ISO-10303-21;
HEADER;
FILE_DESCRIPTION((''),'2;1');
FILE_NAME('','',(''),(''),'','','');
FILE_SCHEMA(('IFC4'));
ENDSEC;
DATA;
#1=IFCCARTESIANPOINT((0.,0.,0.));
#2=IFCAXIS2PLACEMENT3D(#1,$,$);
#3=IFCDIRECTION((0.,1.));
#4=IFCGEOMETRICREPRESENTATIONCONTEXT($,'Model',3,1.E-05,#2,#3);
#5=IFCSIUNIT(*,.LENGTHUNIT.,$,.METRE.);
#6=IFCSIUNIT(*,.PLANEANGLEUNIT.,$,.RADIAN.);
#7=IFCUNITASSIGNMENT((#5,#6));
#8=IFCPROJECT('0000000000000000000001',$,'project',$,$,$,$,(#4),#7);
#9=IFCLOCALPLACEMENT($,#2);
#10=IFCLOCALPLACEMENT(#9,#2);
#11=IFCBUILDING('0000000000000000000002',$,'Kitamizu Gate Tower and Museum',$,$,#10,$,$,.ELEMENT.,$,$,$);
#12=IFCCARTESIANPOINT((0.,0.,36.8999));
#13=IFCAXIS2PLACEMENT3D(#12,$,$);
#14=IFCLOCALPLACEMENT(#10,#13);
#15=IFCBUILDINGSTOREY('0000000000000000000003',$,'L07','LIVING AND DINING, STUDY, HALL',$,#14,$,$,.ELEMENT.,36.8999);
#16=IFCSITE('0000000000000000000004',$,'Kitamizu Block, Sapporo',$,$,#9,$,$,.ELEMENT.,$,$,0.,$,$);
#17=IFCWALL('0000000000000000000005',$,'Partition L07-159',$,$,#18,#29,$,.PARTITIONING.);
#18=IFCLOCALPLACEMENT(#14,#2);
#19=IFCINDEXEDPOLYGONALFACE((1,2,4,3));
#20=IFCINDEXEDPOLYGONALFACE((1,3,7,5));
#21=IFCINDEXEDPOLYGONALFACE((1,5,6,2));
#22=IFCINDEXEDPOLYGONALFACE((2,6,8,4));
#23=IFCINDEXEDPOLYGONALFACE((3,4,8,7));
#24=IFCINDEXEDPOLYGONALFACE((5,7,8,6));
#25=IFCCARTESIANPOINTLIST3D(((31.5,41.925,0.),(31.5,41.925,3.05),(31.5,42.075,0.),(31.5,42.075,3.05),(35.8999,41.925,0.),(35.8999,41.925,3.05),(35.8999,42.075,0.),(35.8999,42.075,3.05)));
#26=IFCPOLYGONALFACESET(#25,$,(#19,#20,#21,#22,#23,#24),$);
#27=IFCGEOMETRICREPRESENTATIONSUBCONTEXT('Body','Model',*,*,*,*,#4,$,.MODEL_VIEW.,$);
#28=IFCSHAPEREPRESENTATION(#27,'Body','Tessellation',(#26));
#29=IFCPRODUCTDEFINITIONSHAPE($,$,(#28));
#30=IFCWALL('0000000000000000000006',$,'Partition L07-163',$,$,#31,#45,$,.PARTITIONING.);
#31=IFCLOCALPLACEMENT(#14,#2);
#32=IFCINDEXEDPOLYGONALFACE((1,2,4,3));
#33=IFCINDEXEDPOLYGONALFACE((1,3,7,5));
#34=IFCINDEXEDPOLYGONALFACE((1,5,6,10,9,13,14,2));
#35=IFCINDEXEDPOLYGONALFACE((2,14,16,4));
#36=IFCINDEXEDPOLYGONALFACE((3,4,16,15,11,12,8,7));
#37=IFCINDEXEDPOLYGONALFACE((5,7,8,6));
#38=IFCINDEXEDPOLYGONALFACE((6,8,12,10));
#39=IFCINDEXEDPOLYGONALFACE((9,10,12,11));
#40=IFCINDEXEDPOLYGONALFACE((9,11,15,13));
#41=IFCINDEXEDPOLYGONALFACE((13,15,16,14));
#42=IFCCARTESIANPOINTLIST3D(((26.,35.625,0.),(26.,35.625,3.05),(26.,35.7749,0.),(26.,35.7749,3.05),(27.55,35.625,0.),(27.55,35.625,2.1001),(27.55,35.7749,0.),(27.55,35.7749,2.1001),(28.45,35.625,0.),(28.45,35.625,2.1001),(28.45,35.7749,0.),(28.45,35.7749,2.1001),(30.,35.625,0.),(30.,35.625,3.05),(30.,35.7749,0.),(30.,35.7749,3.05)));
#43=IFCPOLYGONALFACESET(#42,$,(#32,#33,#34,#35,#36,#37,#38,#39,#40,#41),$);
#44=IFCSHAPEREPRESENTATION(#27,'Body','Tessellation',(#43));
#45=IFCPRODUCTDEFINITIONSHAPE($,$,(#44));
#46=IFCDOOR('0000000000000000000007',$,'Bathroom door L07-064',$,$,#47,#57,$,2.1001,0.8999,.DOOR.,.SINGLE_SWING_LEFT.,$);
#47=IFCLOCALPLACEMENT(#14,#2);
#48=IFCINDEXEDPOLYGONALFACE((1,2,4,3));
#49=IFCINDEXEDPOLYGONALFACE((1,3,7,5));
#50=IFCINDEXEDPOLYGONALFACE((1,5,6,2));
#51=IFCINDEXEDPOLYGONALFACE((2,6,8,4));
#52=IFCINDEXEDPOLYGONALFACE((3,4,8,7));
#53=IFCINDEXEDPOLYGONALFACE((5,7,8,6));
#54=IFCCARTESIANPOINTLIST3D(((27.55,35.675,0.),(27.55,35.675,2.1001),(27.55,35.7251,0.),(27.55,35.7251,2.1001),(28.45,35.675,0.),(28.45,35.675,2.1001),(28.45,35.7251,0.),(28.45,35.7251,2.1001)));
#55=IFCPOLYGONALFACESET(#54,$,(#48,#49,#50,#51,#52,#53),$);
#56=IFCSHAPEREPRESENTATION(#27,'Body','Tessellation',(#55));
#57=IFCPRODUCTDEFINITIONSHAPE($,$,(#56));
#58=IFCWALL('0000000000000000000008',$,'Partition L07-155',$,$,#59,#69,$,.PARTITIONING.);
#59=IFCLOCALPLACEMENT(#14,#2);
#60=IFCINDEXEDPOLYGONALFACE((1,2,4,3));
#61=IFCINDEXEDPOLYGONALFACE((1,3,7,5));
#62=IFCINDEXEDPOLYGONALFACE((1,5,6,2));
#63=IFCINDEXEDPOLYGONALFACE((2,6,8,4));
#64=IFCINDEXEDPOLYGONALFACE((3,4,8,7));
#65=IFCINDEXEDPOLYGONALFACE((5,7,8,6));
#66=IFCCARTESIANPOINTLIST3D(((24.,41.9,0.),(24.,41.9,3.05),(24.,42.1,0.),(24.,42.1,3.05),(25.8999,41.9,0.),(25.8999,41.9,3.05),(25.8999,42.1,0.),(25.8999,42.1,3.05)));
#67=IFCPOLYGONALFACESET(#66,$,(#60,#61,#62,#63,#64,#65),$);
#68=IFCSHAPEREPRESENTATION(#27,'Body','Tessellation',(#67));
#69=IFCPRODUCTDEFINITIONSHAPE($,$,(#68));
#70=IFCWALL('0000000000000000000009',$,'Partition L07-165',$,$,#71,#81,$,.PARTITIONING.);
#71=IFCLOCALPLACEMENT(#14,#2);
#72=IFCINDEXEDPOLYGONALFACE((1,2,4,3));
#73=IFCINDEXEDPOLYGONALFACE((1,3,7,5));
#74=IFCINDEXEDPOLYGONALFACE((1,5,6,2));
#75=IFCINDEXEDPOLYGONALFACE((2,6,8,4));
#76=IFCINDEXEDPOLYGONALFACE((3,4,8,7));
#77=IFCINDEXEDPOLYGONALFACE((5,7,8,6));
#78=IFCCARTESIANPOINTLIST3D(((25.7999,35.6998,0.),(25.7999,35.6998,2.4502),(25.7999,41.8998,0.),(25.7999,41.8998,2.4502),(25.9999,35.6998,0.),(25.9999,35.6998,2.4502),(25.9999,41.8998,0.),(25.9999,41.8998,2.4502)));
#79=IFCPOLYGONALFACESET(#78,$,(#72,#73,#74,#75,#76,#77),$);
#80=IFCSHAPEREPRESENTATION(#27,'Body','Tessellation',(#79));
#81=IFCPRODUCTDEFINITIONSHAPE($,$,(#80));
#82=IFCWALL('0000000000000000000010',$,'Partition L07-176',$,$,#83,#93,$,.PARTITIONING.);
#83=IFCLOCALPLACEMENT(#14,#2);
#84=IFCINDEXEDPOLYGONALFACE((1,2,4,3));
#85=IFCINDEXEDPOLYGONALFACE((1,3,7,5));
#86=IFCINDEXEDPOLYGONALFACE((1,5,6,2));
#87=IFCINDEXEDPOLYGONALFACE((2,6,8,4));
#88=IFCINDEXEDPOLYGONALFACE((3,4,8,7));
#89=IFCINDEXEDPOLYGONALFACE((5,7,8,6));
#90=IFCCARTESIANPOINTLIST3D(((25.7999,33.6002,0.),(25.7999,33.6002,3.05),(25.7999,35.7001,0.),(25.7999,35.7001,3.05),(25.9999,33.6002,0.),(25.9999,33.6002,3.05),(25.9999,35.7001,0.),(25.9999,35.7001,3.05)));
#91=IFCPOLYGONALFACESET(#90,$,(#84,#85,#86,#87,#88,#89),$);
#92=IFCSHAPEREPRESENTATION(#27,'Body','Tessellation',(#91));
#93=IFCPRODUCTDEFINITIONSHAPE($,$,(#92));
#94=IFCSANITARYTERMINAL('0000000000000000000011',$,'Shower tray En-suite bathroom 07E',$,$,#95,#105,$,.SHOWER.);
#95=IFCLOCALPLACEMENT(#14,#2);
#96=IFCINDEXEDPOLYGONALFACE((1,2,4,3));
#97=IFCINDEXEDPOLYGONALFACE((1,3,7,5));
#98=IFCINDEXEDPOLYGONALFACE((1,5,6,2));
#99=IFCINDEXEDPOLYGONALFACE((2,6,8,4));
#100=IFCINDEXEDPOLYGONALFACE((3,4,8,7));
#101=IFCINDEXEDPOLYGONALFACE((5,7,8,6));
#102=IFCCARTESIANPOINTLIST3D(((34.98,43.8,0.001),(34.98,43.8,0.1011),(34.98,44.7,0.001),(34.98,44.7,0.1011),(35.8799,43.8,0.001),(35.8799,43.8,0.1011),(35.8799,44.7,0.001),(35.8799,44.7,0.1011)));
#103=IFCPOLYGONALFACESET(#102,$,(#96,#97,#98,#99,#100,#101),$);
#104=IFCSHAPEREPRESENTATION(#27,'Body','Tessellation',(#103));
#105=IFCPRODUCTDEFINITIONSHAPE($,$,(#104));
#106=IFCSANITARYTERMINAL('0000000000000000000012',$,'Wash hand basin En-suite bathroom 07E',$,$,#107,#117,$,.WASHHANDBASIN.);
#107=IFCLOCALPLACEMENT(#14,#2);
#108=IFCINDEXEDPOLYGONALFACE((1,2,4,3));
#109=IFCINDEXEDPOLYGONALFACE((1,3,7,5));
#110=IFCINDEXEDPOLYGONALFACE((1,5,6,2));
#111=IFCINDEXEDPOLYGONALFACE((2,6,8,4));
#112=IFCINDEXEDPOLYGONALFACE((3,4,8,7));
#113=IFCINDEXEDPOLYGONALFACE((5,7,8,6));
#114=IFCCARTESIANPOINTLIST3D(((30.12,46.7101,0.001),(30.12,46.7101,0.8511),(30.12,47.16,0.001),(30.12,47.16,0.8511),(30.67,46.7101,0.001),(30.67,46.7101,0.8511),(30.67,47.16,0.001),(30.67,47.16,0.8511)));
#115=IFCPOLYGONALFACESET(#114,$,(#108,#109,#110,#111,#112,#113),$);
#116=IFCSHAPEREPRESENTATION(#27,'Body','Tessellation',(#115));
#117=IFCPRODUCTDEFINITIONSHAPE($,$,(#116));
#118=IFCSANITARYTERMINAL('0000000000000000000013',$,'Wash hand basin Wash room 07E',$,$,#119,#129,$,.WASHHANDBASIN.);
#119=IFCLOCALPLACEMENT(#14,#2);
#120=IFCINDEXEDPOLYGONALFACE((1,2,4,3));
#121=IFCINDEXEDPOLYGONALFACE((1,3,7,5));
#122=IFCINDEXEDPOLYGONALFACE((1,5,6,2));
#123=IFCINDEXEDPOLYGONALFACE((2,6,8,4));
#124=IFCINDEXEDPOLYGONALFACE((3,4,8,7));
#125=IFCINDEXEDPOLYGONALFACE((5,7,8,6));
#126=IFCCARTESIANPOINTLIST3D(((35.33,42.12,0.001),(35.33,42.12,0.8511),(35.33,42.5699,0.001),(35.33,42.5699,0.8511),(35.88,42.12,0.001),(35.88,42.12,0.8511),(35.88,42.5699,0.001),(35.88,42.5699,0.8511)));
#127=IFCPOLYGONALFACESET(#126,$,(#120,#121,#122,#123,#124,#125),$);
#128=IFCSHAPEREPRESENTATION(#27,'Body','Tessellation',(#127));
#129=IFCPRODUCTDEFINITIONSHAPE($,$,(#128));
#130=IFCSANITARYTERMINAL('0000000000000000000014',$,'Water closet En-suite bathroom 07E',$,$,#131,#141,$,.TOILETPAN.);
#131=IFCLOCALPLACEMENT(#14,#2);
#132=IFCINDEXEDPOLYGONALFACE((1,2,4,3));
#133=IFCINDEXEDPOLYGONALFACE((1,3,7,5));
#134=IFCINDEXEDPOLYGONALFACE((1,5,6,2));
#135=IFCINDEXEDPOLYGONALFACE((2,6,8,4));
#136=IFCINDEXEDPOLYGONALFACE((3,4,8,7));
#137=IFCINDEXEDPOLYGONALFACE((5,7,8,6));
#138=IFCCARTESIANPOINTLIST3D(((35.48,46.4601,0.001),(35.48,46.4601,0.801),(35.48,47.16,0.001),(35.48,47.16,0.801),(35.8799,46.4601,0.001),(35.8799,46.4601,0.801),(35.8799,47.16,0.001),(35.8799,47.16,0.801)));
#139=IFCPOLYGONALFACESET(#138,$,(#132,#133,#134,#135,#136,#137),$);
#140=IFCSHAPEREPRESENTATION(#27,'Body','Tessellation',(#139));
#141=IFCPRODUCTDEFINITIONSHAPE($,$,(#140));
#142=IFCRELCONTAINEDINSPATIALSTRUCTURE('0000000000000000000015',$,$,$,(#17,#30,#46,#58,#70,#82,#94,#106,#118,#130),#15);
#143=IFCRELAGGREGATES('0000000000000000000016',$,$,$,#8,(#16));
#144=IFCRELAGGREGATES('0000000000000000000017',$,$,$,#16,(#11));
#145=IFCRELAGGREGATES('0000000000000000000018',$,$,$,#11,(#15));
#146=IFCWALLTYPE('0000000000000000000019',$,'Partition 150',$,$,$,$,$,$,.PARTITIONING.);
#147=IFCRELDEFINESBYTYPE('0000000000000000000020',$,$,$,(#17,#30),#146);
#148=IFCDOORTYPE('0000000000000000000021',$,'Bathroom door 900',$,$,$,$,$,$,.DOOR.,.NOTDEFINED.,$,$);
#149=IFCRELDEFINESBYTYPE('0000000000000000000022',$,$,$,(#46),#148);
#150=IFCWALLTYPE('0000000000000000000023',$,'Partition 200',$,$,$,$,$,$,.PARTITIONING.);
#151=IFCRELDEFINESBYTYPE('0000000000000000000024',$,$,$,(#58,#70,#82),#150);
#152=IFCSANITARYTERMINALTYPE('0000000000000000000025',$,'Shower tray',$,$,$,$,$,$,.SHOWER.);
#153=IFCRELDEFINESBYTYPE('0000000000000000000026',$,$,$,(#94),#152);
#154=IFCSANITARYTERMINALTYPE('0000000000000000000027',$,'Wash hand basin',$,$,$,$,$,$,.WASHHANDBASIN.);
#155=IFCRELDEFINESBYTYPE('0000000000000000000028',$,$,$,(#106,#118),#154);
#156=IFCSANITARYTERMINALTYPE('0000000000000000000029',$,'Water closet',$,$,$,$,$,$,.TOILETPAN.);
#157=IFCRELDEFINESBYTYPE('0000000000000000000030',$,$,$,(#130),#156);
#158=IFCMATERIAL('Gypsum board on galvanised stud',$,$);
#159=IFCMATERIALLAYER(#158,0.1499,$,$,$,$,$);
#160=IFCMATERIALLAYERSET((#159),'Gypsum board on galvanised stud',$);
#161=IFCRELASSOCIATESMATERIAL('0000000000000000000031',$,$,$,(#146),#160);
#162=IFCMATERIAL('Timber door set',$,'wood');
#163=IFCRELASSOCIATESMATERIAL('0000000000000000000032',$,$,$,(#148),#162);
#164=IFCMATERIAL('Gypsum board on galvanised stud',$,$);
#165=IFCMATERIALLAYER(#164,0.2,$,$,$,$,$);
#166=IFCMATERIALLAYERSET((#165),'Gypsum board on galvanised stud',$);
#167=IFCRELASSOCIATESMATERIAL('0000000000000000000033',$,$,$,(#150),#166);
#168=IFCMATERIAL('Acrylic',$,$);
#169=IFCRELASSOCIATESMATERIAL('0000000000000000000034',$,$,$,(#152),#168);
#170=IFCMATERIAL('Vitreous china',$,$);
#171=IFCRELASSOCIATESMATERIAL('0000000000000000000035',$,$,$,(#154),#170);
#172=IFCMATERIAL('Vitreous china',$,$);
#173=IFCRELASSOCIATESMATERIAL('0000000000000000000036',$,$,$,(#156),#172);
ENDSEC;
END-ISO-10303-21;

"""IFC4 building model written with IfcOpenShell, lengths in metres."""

from ifc_helpers import new_model, si_unit, direction, frame, frame_2d, origin, origin_2d, place, context, subcontext, project, spatial, rectangle, extrude, material, layer, layer_set, type_object, element, fill, save


model = new_model("IFC4")

# Units and contexts
model_context = context("Model", 3, precision=1e-05, world=origin(), true_north=direction((0.0, 1.0)))
body_context = subcontext(model_context, "Body", "Model", "MODEL_VIEW")
ifc_project = project(units=[si_unit("LENGTHUNIT", "METRE"), si_unit("PLANEANGLEUNIT", "RADIAN")], contexts=[model_context])

# Site, building, storey
site_placement = place(None, origin())
site = spatial("IfcSite", under=ifc_project, at=site_placement, Name="Kitamizu Block, Sapporo", CompositionType="ELEMENT", RefElevation=0.0)
building_placement = place(site_placement, origin())
building = spatial("IfcBuilding", under=site, at=building_placement, Name="Kitamizu Gate Tower and Museum", CompositionType="ELEMENT")
storey_placement = place(building_placement, frame((0.0, 0.0, 36.8999)))
storey = spatial("IfcBuildingStorey", under=building, at=storey_placement, Name="L07", Description="LIVING AND DINING, STUDY, HALL", CompositionType="ELEMENT", Elevation=36.8999)

# Shared definitions
ifc_material_1 = material(Name="Gypsum board on galvanised stud")
ifc_layer_1 = layer(ifc_material_1, 0.1499)
ifc_layer_set_1 = layer_set([ifc_layer_1], Name="Gypsum board on galvanised stud")
wall_type_1 = type_object("IfcWallType", Name="Partition 150", PredefinedType="PARTITIONING", material=ifc_layer_set_1)
ifc_material_2 = material(Name="Timber door set", Category="wood")
door_type_1 = type_object("IfcDoorType", Name="Bathroom door 900", OperationType="NOTDEFINED", PredefinedType="DOOR", material=ifc_material_2)

# Wall
wall_1_placement = place(storey_placement, frame((31.5, 42.0, 0.0), z_axis=(0.0, 0.0, 1.0), x_axis=(1.0, 0.0, 0.0)))
element("IfcWall", 1, at=wall_1_placement, inside=storey, type_object=wall_type_1, Name="Partition L07-159", PredefinedType="PARTITIONING", context=body_context, shape_type="SweptSolid", body=[
    extrude(rectangle(XDim=4.3999, YDim=0.1499, at=frame_2d((2.2, 0.0))), origin(), (0.0, 0.0, 1.0), 3.05),
])

# Wall, opening, door
wall_2_placement = place(storey_placement, frame((26.0, 35.7, 0.0), z_axis=(0.0, 0.0, 1.0), x_axis=(1.0, 0.0, 0.0)))
wall_2 = element("IfcWall", 2, at=wall_2_placement, inside=storey, type_object=wall_type_1, Name="Partition L07-163", PredefinedType="PARTITIONING", context=body_context, shape_type="SweptSolid", body=[
    extrude(rectangle(XDim=4.0, YDim=0.1499, at=frame_2d((2.0, 0.0))), origin(), (0.0, 0.0, 1.0), 3.05),
])
opening_1_placement = place(wall_2_placement, frame((1.55, 0.0, 0.0)))
opening_1 = element("IfcOpeningElement", 3, at=opening_1_placement, cuts=wall_2, PredefinedType="OPENING", context=body_context, shape_type="SweptSolid", body=[
    extrude(rectangle(XDim=0.8999, YDim=2.1001, at=frame_2d((0.45, 1.05))), frame((0.0, 0.085, 0.0), z_axis=(0.0, -1.0, 0.0), x_axis=(1.0, 0.0, 0.0)), (0.0, 0.0, 1.0), 0.1699),
])
door_1_placement = place(opening_1_placement, frame((0.8999, 0.0, 0.0), x_axis=(-1.0, 0.0, 0.0)))
door_1 = element("IfcDoor", 4, at=door_1_placement, inside=storey, type_object=door_type_1, Name="Bathroom door L07-064", OperationType="SINGLE_SWING_LEFT", OverallHeight=2.1001, OverallWidth=0.8999, PredefinedType="DOOR", context=body_context, shape_type="SweptSolid", body=[
    extrude(rectangle(XDim=0.8999, YDim=2.1001, at=frame_2d((0.45, 1.05))), frame((0.0, 0.0249, 0.0), z_axis=(0.0, -1.0, 0.0), x_axis=(1.0, 0.0, 0.0)), (0.0, 0.0, 1.0), 0.05),
])
fill(opening_1, door_1)

# Walls
ifc_material_3 = material(Name="Gypsum board on galvanised stud")
ifc_layer_2 = layer(ifc_material_3, 0.2)
ifc_layer_set_2 = layer_set([ifc_layer_2], Name="Gypsum board on galvanised stud")
wall_type_2 = type_object("IfcWallType", Name="Partition 200", PredefinedType="PARTITIONING", material=ifc_layer_set_2)
wall_3_placement = place(storey_placement, frame((24.0, 42.0, 0.0), z_axis=(0.0, 0.0, 1.0), x_axis=(1.0, 0.0, 0.0)))
element("IfcWall", 5, at=wall_3_placement, inside=storey, type_object=wall_type_2, Name="Partition L07-155", PredefinedType="PARTITIONING", context=body_context, shape_type="SweptSolid", body=[
    extrude(rectangle(XDim=1.8999, YDim=0.2, at=frame_2d((0.95, 0.0))), origin(), (0.0, 0.0, 1.0), 3.05),
])
wall_4_placement = place(storey_placement, frame((25.8999, 41.8999, 0.0), z_axis=(0.0, 0.0, 1.0), x_axis=(0.0, -1.0, 0.0)))
element("IfcWall", 6, at=wall_4_placement, inside=storey, type_object=wall_type_2, Name="Partition L07-165", PredefinedType="PARTITIONING", context=body_context, shape_type="SweptSolid", body=[
    extrude(rectangle(XDim=6.2, YDim=0.2, at=frame_2d((3.1001, 0.0))), origin(), (0.0, 0.0, 1.0), 2.4502),
])
wall_5_placement = place(storey_placement, frame((25.8999, 35.7, 0.0), z_axis=(0.0, 0.0, 1.0), x_axis=(0.0, -1.0, 0.0)))
element("IfcWall", 7, at=wall_5_placement, inside=storey, type_object=wall_type_2, Name="Partition L07-176", PredefinedType="PARTITIONING", context=body_context, shape_type="SweptSolid", body=[
    extrude(rectangle(XDim=2.0999, YDim=0.2, at=frame_2d((1.0498, 0.0))), origin(), (0.0, 0.0, 1.0), 3.05),
])

# Sanitary terminals
ifc_material_4 = material(Name="Acrylic")
sanitary_terminal_type_1 = type_object("IfcSanitaryTerminalType", Name="Shower tray", PredefinedType="SHOWER", material=ifc_material_4)
sanitary_terminal_1_placement = place(storey_placement, frame((35.4299, 44.25, 0.001), z_axis=(0.0, 0.0, 1.0), x_axis=(1.0, 0.0, 0.0)))
element("IfcSanitaryTerminal", 8, at=sanitary_terminal_1_placement, inside=storey, type_object=sanitary_terminal_type_1, Name="Shower tray En-suite bathroom 07E", PredefinedType="SHOWER", context=body_context, shape_type="SweptSolid", body=[
    extrude(rectangle(XDim=0.8999, YDim=0.8999, at=origin_2d()), origin(), (0.0, 0.0, 1.0), 0.1001),
])
ifc_material_5 = material(Name="Vitreous china")
sanitary_terminal_type_2 = type_object("IfcSanitaryTerminalType", Name="Wash hand basin", PredefinedType="WASHHANDBASIN", material=ifc_material_5)
for number, where, z_axis, x_axis, name in (
    (9, (30.395, 46.9351, 0.001), (0.0, 0.0, 1.0), (1.0, 0.0, 0.0), "Wash hand basin En-suite bathroom 07E"),
    (10, (35.605, 42.345, 0.001), (0.0, 0.0, 1.0), (1.0, 0.0, 0.0), "Wash hand basin Wash room 07E"),
):
    element("IfcSanitaryTerminal", number, at=place(storey_placement, frame(where, z_axis=z_axis, x_axis=x_axis)), inside=storey, type_object=sanitary_terminal_type_2, Name=name, PredefinedType="WASHHANDBASIN", context=body_context, shape_type="SweptSolid", body=[
        extrude(rectangle(XDim=0.55, YDim=0.45, at=origin_2d()), origin(), (0.0, 0.0, 1.0), 0.8501),
    ])
ifc_material_6 = material(Name="Vitreous china")
sanitary_terminal_type_3 = type_object("IfcSanitaryTerminalType", Name="Water closet", PredefinedType="TOILETPAN", material=ifc_material_6)
sanitary_terminal_2_placement = place(storey_placement, frame((35.6799, 46.8101, 0.001), z_axis=(0.0, 0.0, 1.0), x_axis=(1.0, 0.0, 0.0)))
element("IfcSanitaryTerminal", 11, at=sanitary_terminal_2_placement, inside=storey, type_object=sanitary_terminal_type_3, Name="Water closet En-suite bathroom 07E", PredefinedType="TOILETPAN", context=body_context, shape_type="SweptSolid", body=[
    extrude(rectangle(XDim=0.3999, YDim=0.7, at=origin_2d()), origin(), (0.0, 0.0, 1.0), 0.8),
])

save(model, "model.ifc")
